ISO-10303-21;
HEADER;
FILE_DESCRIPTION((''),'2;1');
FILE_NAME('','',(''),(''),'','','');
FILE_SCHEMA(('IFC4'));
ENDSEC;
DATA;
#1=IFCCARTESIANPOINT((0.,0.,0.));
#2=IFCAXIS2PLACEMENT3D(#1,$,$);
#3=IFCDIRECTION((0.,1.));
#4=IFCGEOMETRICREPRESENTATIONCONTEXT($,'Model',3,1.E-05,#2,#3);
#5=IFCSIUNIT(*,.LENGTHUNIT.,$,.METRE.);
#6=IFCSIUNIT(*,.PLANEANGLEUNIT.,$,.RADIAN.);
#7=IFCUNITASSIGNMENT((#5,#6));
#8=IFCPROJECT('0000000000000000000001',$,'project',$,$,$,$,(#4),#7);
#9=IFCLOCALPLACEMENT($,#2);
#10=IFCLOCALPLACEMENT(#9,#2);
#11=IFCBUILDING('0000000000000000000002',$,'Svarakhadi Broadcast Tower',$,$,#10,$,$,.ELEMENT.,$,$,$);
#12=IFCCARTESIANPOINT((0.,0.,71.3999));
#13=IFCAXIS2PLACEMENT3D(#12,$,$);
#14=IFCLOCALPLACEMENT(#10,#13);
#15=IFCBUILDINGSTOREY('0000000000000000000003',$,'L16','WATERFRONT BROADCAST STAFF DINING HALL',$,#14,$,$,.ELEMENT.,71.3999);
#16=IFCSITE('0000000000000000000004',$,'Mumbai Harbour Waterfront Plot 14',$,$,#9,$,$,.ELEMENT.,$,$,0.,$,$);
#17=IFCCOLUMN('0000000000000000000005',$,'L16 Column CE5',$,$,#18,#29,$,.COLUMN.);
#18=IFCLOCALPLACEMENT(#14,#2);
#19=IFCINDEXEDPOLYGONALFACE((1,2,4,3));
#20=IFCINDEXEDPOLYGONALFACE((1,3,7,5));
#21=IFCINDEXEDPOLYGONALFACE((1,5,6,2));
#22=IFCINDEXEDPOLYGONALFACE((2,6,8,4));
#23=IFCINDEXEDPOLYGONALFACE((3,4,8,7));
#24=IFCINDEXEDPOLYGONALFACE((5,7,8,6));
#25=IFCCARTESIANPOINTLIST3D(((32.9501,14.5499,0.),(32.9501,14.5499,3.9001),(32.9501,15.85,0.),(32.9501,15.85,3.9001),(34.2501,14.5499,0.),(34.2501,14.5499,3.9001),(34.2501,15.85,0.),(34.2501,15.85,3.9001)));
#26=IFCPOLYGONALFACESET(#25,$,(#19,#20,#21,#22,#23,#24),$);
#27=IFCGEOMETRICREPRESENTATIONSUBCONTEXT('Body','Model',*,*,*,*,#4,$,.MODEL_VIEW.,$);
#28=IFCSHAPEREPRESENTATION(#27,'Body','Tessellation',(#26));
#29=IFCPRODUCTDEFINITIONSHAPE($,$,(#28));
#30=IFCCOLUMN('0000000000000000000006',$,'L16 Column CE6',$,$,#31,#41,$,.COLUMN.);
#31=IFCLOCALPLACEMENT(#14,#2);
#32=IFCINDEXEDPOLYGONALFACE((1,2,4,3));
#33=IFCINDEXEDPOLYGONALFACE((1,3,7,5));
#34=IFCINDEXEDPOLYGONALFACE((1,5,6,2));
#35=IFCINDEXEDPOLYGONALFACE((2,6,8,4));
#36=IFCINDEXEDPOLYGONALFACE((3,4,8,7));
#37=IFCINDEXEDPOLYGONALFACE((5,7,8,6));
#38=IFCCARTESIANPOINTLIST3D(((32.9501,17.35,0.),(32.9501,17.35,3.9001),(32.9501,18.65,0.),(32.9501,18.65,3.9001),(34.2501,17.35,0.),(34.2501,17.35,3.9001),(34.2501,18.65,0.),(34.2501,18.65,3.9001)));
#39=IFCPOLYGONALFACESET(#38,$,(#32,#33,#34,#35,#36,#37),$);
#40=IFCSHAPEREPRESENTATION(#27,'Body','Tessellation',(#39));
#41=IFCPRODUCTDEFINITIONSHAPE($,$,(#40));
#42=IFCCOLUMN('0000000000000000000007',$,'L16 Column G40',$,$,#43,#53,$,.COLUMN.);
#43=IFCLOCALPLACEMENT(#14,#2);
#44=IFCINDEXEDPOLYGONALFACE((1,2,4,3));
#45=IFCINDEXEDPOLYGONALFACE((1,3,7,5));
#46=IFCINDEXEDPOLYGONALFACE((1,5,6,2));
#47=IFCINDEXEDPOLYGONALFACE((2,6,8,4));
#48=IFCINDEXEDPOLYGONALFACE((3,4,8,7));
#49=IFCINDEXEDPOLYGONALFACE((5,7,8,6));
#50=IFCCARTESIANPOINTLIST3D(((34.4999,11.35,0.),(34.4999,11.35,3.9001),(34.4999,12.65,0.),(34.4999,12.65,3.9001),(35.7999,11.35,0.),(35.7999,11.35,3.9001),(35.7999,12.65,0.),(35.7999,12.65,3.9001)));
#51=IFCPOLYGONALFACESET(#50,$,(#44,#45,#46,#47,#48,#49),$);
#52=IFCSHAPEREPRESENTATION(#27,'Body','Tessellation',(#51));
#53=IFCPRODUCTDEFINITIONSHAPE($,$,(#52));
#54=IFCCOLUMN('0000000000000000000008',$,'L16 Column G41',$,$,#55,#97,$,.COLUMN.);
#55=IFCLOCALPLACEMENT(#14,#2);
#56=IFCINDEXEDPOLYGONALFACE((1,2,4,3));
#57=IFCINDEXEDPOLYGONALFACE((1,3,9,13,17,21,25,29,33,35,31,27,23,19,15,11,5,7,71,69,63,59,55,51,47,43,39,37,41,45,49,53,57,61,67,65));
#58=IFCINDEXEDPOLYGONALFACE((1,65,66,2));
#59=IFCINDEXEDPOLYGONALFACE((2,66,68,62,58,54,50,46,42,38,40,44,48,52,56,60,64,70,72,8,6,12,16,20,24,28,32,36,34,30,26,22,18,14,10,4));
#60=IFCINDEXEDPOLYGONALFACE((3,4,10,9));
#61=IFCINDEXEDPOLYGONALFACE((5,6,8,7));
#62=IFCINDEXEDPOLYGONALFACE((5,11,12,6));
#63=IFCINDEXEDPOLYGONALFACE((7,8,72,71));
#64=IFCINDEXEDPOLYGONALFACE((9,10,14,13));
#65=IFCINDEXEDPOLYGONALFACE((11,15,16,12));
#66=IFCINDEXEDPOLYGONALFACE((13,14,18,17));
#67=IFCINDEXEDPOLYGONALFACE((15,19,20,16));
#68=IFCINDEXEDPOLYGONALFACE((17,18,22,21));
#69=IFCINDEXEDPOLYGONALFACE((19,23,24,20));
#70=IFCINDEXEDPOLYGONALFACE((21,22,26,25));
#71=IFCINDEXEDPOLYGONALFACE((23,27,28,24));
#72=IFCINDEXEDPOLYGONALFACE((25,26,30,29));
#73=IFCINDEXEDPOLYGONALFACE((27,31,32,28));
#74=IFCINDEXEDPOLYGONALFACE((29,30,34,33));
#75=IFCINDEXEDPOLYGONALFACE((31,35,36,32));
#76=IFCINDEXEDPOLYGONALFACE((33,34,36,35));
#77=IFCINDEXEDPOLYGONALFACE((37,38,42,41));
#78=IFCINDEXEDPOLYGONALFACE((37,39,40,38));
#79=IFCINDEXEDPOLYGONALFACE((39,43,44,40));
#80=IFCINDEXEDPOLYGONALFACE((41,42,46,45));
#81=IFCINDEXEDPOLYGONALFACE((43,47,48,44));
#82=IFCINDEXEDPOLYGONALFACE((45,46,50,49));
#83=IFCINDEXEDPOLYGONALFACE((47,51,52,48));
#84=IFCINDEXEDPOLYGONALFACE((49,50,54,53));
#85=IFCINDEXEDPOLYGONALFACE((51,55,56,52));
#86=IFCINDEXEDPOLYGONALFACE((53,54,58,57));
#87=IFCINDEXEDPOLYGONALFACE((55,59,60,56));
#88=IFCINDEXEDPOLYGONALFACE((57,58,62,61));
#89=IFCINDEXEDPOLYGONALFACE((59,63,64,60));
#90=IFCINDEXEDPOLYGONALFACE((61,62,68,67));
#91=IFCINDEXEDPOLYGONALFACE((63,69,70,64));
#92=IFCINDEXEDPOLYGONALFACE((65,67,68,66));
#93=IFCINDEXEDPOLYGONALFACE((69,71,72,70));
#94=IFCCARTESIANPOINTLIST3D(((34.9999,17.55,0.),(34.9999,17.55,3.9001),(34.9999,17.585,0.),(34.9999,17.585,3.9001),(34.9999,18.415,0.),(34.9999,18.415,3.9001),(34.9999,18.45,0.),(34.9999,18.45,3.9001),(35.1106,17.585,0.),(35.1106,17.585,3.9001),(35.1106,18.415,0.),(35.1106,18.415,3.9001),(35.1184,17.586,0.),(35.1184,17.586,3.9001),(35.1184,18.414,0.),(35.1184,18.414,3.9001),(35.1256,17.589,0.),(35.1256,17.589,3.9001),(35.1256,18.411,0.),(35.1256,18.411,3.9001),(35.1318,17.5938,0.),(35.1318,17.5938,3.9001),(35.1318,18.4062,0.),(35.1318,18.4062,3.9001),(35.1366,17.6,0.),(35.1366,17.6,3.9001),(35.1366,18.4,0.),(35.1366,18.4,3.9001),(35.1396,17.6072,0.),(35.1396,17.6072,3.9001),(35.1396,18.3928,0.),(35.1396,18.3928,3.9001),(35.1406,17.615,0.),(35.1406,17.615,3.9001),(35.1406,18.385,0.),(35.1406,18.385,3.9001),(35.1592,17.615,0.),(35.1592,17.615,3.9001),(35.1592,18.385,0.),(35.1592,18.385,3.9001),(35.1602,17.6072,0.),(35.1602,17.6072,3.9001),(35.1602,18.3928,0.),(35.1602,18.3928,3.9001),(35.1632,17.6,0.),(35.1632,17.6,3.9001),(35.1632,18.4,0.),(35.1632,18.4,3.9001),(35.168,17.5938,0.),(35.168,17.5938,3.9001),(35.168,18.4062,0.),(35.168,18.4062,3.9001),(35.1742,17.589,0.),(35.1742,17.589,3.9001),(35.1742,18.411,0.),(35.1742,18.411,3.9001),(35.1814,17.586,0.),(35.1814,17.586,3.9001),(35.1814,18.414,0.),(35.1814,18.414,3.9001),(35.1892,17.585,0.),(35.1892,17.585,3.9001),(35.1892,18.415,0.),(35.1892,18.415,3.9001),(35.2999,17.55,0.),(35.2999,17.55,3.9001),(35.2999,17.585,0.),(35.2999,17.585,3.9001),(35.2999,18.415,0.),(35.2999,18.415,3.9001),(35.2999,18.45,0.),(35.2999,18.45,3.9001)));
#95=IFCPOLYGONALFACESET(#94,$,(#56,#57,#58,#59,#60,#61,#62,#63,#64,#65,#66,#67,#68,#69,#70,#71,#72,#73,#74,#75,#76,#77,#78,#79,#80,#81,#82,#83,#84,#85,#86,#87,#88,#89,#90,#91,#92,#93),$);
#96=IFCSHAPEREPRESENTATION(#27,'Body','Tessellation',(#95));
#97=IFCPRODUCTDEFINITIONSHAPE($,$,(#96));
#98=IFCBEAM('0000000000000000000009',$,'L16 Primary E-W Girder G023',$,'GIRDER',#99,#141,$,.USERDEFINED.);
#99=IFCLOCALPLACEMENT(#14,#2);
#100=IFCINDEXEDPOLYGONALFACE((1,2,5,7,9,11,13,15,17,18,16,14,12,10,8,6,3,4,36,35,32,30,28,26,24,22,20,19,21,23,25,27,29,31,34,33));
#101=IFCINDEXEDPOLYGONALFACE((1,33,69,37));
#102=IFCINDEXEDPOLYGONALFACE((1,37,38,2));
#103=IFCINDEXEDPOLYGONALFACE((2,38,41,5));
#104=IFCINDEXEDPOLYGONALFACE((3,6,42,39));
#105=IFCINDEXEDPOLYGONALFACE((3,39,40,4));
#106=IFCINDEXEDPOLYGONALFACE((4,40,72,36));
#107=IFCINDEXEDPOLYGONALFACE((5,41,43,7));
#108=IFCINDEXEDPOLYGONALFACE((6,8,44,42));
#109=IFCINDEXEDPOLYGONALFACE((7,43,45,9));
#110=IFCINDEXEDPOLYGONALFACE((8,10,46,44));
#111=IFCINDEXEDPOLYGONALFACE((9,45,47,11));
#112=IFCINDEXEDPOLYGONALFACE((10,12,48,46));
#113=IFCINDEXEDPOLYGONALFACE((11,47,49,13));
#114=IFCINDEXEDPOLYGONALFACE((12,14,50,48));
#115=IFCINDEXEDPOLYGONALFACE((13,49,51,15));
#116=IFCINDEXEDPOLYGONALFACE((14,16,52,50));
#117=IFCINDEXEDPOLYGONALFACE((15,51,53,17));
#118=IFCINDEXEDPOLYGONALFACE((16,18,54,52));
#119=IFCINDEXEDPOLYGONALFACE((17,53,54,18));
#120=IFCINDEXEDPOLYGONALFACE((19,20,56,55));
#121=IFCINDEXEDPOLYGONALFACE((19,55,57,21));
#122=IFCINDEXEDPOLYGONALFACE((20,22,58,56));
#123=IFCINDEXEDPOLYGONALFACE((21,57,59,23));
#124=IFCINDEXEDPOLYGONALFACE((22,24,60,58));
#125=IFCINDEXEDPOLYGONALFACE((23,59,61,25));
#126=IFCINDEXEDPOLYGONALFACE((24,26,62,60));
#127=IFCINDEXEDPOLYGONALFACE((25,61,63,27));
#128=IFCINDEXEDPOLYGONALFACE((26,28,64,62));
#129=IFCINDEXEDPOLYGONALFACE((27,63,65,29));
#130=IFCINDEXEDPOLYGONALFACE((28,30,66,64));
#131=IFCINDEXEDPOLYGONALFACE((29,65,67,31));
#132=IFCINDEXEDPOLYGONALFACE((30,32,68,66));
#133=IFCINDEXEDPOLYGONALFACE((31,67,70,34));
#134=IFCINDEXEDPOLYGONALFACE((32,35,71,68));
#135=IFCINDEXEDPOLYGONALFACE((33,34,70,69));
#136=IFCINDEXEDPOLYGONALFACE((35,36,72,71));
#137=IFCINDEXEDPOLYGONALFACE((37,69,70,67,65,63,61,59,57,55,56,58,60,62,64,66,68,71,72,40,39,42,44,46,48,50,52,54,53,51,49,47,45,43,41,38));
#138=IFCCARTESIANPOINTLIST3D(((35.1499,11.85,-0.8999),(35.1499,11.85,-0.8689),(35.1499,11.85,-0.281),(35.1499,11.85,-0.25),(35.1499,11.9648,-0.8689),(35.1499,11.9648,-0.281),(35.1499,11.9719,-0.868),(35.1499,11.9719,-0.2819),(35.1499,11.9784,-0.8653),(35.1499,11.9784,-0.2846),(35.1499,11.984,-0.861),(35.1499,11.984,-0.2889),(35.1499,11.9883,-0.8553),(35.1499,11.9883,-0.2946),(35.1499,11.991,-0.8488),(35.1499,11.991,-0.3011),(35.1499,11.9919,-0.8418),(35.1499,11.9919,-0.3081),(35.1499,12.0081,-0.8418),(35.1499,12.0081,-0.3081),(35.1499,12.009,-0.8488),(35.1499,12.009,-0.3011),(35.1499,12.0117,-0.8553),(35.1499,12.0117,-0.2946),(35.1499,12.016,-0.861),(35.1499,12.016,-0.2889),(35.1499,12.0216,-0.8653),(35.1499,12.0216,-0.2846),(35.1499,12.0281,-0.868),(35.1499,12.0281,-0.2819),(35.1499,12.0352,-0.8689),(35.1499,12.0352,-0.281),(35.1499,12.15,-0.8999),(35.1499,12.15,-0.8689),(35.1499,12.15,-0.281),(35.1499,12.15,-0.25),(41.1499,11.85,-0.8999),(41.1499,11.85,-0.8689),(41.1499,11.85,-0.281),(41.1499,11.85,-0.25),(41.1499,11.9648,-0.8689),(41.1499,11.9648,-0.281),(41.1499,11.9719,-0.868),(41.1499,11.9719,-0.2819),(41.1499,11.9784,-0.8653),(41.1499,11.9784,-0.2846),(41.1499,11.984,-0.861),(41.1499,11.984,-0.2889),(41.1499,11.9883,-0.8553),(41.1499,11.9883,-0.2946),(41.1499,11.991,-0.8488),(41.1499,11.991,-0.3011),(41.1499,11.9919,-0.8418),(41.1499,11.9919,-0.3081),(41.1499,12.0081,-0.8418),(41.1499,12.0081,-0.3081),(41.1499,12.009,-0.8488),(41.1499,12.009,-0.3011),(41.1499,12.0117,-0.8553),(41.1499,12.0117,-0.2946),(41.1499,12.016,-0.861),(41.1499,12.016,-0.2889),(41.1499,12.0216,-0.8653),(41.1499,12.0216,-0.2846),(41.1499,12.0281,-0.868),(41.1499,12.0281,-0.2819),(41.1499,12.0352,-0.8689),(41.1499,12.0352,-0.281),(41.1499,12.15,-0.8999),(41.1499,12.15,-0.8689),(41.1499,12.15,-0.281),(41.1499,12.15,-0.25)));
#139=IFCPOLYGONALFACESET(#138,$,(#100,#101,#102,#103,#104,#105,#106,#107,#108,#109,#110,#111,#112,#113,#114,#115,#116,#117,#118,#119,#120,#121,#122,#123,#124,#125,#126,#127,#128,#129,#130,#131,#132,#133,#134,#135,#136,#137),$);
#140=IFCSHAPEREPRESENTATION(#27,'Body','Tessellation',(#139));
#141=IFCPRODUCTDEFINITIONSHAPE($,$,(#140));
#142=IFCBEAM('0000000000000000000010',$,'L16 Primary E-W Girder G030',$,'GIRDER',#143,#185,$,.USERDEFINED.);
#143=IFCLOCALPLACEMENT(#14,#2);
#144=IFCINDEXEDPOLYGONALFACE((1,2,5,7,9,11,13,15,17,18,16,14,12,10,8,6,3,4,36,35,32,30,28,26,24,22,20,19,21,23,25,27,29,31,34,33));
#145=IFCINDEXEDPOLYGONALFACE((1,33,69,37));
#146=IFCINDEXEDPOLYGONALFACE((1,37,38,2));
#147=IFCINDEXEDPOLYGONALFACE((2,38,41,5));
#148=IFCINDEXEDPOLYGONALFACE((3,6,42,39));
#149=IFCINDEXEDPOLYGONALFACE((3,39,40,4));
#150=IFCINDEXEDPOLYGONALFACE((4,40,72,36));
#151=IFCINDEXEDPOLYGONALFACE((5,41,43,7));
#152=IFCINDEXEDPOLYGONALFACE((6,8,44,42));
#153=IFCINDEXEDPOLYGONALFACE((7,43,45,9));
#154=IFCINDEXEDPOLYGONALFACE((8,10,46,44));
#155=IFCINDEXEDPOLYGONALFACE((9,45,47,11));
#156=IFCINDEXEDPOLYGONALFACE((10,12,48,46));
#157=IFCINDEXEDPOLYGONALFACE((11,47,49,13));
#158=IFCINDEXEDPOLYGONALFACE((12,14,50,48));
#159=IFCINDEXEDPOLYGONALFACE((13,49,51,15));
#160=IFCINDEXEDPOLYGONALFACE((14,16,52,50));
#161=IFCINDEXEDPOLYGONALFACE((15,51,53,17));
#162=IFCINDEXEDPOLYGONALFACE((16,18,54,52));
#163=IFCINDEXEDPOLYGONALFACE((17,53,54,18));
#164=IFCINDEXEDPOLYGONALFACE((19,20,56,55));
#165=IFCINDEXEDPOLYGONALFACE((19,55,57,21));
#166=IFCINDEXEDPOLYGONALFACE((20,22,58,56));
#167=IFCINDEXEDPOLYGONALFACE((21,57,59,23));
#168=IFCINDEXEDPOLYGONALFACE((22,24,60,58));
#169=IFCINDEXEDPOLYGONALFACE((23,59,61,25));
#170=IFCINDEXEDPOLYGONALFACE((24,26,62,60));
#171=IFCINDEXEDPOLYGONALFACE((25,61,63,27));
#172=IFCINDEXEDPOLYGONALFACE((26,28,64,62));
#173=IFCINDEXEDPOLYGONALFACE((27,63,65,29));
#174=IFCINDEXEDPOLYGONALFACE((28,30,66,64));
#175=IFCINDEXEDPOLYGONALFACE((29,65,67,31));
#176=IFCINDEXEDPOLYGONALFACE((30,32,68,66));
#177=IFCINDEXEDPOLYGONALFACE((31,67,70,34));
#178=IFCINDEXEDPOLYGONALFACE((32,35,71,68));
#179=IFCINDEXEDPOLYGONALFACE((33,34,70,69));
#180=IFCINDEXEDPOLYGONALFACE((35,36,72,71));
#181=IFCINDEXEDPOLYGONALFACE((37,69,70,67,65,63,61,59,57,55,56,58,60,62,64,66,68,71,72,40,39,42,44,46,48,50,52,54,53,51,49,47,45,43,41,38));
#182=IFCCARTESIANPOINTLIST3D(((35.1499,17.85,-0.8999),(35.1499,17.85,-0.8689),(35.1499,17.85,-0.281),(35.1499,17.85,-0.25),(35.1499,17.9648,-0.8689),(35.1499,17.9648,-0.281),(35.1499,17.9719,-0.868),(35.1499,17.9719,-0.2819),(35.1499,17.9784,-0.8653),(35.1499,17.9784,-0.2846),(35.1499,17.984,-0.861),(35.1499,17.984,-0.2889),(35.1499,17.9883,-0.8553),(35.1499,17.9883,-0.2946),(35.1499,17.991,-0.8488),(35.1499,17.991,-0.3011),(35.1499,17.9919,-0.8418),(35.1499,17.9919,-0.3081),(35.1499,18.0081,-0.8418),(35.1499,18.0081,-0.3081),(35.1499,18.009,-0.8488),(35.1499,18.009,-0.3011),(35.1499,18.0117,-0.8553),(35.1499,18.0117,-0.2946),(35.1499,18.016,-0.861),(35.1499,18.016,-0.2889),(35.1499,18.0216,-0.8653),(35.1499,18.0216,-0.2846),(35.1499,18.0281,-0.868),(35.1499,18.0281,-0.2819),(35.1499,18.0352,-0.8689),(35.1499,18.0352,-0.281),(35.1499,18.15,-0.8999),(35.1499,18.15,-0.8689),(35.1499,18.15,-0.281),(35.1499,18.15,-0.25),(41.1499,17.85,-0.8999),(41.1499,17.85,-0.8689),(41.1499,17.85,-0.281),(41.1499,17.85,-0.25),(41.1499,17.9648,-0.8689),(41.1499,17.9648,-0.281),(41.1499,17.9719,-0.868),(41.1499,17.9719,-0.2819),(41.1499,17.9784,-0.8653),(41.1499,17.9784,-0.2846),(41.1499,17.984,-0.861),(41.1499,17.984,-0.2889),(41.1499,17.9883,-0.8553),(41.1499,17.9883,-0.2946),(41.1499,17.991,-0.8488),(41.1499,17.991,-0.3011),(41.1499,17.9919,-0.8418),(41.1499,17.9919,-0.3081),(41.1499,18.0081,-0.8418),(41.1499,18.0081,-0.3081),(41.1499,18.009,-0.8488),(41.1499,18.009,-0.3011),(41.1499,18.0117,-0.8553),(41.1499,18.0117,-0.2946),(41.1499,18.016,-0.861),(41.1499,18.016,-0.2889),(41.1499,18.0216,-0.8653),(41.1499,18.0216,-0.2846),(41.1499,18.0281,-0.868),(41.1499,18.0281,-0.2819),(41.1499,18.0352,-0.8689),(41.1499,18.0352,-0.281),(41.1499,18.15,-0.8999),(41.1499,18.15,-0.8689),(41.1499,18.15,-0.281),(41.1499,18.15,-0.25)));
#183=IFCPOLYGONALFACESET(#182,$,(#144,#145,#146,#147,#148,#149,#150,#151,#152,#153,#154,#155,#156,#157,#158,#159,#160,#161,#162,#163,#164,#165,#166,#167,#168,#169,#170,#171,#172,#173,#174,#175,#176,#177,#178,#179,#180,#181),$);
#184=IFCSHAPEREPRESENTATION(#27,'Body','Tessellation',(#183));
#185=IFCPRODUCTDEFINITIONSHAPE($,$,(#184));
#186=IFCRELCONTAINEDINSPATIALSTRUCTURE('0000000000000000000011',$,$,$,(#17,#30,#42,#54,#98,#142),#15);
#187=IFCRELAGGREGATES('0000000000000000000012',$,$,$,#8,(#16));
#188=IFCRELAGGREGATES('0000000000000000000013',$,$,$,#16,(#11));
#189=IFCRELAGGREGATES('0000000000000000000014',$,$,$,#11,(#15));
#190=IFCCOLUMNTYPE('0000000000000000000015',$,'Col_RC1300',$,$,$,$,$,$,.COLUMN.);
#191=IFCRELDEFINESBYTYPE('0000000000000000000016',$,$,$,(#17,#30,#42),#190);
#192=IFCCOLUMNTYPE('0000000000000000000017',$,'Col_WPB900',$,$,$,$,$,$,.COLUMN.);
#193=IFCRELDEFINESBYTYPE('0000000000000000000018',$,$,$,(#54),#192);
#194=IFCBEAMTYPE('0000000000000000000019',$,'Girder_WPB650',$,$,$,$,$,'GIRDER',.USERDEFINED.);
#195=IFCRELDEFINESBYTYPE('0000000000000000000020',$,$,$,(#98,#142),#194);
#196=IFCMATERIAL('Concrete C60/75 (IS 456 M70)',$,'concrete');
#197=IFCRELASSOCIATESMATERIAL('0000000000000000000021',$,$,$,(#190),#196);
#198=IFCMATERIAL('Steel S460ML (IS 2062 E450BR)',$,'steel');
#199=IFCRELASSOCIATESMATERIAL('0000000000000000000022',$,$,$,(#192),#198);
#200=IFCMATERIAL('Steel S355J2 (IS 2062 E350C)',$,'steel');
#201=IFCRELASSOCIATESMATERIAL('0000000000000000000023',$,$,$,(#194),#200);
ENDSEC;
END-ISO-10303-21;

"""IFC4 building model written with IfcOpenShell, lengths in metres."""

from ifc_helpers import new_model, si_unit, direction, frame, origin, origin_2d, place, context, subcontext, project, spatial, rectangle, i_section, extrude, material, material_profile, profile_set, type_object, element, save


model = new_model("IFC4")

# Units and contexts
model_context = context("Model", 3, precision=1e-05, world=origin(), true_north=direction((0.0, 1.0)))
body_context = subcontext(model_context, "Body", "Model", "MODEL_VIEW")
ifc_project = project(units=[si_unit("LENGTHUNIT", "METRE"), si_unit("PLANEANGLEUNIT", "RADIAN")], contexts=[model_context])

# Site, building, storey
site_placement = place(None, origin())
site = spatial("IfcSite", under=ifc_project, at=site_placement, Name="Mumbai Harbour Waterfront Plot 14", CompositionType="ELEMENT", RefElevation=0.0)
building_placement = place(site_placement, origin())
building = spatial("IfcBuilding", under=site, at=building_placement, Name="Svarakhadi Broadcast Tower", CompositionType="ELEMENT")
storey_placement = place(building_placement, frame((0.0, 0.0, 71.3999)))
storey = spatial("IfcBuildingStorey", under=building, at=storey_placement, Name="L16", Description="WATERFRONT BROADCAST STAFF DINING HALL", CompositionType="ELEMENT", Elevation=71.3999)

# Columns
ifc_material_1 = material(Name="Concrete C60/75 (IS 456 M70)", Category="concrete")
ifc_material_profile_1 = material_profile(ifc_material_1, rectangle(XDim=1.3, YDim=1.3, at=origin_2d()), Name="RC 1300x1300")
ifc_profile_set_1 = profile_set([ifc_material_profile_1], Name="Concrete C60/75 (IS 456 M70)")
column_type_1 = type_object("IfcColumnType", Name="Col_RC1300", PredefinedType="COLUMN", material=ifc_profile_set_1)
for number, where, z_axis, x_axis, name in (
    (1, (33.6001, 15.2, 0.0), (0.0, 0.0, 1.0), (1.0, 0.0, 0.0), "L16 Column CE5"),
    (2, (33.6001, 18.0, 0.0), (0.0, 0.0, 1.0), (1.0, 0.0, 0.0), "L16 Column CE6"),
    (3, (35.1499, 12.0, 0.0), (0.0, 0.0, 1.0), (1.0, 0.0, 0.0), "L16 Column G40"),
):
    element("IfcColumn", number, at=place(storey_placement, frame(where, z_axis=z_axis, x_axis=x_axis)), inside=storey, type_object=column_type_1, Name=name, PredefinedType="COLUMN", context=body_context, shape_type="SweptSolid", body=[
        extrude(rectangle(XDim=1.3, YDim=1.3, at=origin_2d()), origin(), (0.0, 0.0, 1.0), 3.9001),
    ])
ifc_material_2 = material(Name="Steel S460ML (IS 2062 E450BR)", Category="steel")
ifc_material_profile_2 = material_profile(ifc_material_2, i_section(OverallWidth=0.3, OverallDepth=0.8999, WebThickness=0.0186, FlangeThickness=0.0349, FilletRadius=0.03, at=origin_2d()), Name="WPB 900x300x291")
ifc_profile_set_2 = profile_set([ifc_material_profile_2], Name="Steel S460ML (IS 2062 E450BR)")
column_type_2 = type_object("IfcColumnType", Name="Col_WPB900", PredefinedType="COLUMN", material=ifc_profile_set_2)
column_placement = place(storey_placement, frame((35.1499, 18.0, 0.0), z_axis=(0.0, 0.0, 1.0), x_axis=(1.0, 0.0, 0.0)))
element("IfcColumn", 4, at=column_placement, inside=storey, type_object=column_type_2, Name="L16 Column G41", PredefinedType="COLUMN", context=body_context, shape_type="SweptSolid", body=[
    extrude(i_section(OverallWidth=0.3, OverallDepth=0.8999, WebThickness=0.0186, FlangeThickness=0.0349, FilletRadius=0.03, at=origin_2d()), origin(), (0.0, 0.0, 1.0), 3.9001),
])

# Beams
ifc_material_3 = material(Name="Steel S355J2 (IS 2062 E350C)", Category="steel")
ifc_material_profile_3 = material_profile(ifc_material_3, i_section(OverallWidth=0.3, OverallDepth=0.6499, WebThickness=0.0161, FlangeThickness=0.031, FilletRadius=0.0271, at=origin_2d()), Name="WPB 650x300x225")
ifc_profile_set_3 = profile_set([ifc_material_profile_3], Name="Steel S355J2 (IS 2062 E350C)")
beam_type = type_object("IfcBeamType", Name="Girder_WPB650", ElementType="GIRDER", PredefinedType="USERDEFINED", material=ifc_profile_set_3)
for number, where, z_axis, x_axis, name in (
    (5, (35.1499, 12.0, -0.575), (1.0, 0.0, 0.0), (0.0, 1.0, 0.0), "L16 Primary E-W Girder G023"),
    (6, (35.1499, 18.0, -0.575), (1.0, 0.0, 0.0), (0.0, 1.0, 0.0), "L16 Primary E-W Girder G030"),
):
    element("IfcBeam", number, at=place(storey_placement, frame(where, z_axis=z_axis, x_axis=x_axis)), inside=storey, type_object=beam_type, Name=name, ObjectType="GIRDER", PredefinedType="USERDEFINED", context=body_context, shape_type="SweptSolid", body=[
        extrude(i_section(OverallWidth=0.3, OverallDepth=0.6499, WebThickness=0.0161, FlangeThickness=0.031, FilletRadius=0.0271, at=origin_2d()), origin(), (0.0, 0.0, 1.0), 6.0),
    ])

save(model, "model.ifc")
